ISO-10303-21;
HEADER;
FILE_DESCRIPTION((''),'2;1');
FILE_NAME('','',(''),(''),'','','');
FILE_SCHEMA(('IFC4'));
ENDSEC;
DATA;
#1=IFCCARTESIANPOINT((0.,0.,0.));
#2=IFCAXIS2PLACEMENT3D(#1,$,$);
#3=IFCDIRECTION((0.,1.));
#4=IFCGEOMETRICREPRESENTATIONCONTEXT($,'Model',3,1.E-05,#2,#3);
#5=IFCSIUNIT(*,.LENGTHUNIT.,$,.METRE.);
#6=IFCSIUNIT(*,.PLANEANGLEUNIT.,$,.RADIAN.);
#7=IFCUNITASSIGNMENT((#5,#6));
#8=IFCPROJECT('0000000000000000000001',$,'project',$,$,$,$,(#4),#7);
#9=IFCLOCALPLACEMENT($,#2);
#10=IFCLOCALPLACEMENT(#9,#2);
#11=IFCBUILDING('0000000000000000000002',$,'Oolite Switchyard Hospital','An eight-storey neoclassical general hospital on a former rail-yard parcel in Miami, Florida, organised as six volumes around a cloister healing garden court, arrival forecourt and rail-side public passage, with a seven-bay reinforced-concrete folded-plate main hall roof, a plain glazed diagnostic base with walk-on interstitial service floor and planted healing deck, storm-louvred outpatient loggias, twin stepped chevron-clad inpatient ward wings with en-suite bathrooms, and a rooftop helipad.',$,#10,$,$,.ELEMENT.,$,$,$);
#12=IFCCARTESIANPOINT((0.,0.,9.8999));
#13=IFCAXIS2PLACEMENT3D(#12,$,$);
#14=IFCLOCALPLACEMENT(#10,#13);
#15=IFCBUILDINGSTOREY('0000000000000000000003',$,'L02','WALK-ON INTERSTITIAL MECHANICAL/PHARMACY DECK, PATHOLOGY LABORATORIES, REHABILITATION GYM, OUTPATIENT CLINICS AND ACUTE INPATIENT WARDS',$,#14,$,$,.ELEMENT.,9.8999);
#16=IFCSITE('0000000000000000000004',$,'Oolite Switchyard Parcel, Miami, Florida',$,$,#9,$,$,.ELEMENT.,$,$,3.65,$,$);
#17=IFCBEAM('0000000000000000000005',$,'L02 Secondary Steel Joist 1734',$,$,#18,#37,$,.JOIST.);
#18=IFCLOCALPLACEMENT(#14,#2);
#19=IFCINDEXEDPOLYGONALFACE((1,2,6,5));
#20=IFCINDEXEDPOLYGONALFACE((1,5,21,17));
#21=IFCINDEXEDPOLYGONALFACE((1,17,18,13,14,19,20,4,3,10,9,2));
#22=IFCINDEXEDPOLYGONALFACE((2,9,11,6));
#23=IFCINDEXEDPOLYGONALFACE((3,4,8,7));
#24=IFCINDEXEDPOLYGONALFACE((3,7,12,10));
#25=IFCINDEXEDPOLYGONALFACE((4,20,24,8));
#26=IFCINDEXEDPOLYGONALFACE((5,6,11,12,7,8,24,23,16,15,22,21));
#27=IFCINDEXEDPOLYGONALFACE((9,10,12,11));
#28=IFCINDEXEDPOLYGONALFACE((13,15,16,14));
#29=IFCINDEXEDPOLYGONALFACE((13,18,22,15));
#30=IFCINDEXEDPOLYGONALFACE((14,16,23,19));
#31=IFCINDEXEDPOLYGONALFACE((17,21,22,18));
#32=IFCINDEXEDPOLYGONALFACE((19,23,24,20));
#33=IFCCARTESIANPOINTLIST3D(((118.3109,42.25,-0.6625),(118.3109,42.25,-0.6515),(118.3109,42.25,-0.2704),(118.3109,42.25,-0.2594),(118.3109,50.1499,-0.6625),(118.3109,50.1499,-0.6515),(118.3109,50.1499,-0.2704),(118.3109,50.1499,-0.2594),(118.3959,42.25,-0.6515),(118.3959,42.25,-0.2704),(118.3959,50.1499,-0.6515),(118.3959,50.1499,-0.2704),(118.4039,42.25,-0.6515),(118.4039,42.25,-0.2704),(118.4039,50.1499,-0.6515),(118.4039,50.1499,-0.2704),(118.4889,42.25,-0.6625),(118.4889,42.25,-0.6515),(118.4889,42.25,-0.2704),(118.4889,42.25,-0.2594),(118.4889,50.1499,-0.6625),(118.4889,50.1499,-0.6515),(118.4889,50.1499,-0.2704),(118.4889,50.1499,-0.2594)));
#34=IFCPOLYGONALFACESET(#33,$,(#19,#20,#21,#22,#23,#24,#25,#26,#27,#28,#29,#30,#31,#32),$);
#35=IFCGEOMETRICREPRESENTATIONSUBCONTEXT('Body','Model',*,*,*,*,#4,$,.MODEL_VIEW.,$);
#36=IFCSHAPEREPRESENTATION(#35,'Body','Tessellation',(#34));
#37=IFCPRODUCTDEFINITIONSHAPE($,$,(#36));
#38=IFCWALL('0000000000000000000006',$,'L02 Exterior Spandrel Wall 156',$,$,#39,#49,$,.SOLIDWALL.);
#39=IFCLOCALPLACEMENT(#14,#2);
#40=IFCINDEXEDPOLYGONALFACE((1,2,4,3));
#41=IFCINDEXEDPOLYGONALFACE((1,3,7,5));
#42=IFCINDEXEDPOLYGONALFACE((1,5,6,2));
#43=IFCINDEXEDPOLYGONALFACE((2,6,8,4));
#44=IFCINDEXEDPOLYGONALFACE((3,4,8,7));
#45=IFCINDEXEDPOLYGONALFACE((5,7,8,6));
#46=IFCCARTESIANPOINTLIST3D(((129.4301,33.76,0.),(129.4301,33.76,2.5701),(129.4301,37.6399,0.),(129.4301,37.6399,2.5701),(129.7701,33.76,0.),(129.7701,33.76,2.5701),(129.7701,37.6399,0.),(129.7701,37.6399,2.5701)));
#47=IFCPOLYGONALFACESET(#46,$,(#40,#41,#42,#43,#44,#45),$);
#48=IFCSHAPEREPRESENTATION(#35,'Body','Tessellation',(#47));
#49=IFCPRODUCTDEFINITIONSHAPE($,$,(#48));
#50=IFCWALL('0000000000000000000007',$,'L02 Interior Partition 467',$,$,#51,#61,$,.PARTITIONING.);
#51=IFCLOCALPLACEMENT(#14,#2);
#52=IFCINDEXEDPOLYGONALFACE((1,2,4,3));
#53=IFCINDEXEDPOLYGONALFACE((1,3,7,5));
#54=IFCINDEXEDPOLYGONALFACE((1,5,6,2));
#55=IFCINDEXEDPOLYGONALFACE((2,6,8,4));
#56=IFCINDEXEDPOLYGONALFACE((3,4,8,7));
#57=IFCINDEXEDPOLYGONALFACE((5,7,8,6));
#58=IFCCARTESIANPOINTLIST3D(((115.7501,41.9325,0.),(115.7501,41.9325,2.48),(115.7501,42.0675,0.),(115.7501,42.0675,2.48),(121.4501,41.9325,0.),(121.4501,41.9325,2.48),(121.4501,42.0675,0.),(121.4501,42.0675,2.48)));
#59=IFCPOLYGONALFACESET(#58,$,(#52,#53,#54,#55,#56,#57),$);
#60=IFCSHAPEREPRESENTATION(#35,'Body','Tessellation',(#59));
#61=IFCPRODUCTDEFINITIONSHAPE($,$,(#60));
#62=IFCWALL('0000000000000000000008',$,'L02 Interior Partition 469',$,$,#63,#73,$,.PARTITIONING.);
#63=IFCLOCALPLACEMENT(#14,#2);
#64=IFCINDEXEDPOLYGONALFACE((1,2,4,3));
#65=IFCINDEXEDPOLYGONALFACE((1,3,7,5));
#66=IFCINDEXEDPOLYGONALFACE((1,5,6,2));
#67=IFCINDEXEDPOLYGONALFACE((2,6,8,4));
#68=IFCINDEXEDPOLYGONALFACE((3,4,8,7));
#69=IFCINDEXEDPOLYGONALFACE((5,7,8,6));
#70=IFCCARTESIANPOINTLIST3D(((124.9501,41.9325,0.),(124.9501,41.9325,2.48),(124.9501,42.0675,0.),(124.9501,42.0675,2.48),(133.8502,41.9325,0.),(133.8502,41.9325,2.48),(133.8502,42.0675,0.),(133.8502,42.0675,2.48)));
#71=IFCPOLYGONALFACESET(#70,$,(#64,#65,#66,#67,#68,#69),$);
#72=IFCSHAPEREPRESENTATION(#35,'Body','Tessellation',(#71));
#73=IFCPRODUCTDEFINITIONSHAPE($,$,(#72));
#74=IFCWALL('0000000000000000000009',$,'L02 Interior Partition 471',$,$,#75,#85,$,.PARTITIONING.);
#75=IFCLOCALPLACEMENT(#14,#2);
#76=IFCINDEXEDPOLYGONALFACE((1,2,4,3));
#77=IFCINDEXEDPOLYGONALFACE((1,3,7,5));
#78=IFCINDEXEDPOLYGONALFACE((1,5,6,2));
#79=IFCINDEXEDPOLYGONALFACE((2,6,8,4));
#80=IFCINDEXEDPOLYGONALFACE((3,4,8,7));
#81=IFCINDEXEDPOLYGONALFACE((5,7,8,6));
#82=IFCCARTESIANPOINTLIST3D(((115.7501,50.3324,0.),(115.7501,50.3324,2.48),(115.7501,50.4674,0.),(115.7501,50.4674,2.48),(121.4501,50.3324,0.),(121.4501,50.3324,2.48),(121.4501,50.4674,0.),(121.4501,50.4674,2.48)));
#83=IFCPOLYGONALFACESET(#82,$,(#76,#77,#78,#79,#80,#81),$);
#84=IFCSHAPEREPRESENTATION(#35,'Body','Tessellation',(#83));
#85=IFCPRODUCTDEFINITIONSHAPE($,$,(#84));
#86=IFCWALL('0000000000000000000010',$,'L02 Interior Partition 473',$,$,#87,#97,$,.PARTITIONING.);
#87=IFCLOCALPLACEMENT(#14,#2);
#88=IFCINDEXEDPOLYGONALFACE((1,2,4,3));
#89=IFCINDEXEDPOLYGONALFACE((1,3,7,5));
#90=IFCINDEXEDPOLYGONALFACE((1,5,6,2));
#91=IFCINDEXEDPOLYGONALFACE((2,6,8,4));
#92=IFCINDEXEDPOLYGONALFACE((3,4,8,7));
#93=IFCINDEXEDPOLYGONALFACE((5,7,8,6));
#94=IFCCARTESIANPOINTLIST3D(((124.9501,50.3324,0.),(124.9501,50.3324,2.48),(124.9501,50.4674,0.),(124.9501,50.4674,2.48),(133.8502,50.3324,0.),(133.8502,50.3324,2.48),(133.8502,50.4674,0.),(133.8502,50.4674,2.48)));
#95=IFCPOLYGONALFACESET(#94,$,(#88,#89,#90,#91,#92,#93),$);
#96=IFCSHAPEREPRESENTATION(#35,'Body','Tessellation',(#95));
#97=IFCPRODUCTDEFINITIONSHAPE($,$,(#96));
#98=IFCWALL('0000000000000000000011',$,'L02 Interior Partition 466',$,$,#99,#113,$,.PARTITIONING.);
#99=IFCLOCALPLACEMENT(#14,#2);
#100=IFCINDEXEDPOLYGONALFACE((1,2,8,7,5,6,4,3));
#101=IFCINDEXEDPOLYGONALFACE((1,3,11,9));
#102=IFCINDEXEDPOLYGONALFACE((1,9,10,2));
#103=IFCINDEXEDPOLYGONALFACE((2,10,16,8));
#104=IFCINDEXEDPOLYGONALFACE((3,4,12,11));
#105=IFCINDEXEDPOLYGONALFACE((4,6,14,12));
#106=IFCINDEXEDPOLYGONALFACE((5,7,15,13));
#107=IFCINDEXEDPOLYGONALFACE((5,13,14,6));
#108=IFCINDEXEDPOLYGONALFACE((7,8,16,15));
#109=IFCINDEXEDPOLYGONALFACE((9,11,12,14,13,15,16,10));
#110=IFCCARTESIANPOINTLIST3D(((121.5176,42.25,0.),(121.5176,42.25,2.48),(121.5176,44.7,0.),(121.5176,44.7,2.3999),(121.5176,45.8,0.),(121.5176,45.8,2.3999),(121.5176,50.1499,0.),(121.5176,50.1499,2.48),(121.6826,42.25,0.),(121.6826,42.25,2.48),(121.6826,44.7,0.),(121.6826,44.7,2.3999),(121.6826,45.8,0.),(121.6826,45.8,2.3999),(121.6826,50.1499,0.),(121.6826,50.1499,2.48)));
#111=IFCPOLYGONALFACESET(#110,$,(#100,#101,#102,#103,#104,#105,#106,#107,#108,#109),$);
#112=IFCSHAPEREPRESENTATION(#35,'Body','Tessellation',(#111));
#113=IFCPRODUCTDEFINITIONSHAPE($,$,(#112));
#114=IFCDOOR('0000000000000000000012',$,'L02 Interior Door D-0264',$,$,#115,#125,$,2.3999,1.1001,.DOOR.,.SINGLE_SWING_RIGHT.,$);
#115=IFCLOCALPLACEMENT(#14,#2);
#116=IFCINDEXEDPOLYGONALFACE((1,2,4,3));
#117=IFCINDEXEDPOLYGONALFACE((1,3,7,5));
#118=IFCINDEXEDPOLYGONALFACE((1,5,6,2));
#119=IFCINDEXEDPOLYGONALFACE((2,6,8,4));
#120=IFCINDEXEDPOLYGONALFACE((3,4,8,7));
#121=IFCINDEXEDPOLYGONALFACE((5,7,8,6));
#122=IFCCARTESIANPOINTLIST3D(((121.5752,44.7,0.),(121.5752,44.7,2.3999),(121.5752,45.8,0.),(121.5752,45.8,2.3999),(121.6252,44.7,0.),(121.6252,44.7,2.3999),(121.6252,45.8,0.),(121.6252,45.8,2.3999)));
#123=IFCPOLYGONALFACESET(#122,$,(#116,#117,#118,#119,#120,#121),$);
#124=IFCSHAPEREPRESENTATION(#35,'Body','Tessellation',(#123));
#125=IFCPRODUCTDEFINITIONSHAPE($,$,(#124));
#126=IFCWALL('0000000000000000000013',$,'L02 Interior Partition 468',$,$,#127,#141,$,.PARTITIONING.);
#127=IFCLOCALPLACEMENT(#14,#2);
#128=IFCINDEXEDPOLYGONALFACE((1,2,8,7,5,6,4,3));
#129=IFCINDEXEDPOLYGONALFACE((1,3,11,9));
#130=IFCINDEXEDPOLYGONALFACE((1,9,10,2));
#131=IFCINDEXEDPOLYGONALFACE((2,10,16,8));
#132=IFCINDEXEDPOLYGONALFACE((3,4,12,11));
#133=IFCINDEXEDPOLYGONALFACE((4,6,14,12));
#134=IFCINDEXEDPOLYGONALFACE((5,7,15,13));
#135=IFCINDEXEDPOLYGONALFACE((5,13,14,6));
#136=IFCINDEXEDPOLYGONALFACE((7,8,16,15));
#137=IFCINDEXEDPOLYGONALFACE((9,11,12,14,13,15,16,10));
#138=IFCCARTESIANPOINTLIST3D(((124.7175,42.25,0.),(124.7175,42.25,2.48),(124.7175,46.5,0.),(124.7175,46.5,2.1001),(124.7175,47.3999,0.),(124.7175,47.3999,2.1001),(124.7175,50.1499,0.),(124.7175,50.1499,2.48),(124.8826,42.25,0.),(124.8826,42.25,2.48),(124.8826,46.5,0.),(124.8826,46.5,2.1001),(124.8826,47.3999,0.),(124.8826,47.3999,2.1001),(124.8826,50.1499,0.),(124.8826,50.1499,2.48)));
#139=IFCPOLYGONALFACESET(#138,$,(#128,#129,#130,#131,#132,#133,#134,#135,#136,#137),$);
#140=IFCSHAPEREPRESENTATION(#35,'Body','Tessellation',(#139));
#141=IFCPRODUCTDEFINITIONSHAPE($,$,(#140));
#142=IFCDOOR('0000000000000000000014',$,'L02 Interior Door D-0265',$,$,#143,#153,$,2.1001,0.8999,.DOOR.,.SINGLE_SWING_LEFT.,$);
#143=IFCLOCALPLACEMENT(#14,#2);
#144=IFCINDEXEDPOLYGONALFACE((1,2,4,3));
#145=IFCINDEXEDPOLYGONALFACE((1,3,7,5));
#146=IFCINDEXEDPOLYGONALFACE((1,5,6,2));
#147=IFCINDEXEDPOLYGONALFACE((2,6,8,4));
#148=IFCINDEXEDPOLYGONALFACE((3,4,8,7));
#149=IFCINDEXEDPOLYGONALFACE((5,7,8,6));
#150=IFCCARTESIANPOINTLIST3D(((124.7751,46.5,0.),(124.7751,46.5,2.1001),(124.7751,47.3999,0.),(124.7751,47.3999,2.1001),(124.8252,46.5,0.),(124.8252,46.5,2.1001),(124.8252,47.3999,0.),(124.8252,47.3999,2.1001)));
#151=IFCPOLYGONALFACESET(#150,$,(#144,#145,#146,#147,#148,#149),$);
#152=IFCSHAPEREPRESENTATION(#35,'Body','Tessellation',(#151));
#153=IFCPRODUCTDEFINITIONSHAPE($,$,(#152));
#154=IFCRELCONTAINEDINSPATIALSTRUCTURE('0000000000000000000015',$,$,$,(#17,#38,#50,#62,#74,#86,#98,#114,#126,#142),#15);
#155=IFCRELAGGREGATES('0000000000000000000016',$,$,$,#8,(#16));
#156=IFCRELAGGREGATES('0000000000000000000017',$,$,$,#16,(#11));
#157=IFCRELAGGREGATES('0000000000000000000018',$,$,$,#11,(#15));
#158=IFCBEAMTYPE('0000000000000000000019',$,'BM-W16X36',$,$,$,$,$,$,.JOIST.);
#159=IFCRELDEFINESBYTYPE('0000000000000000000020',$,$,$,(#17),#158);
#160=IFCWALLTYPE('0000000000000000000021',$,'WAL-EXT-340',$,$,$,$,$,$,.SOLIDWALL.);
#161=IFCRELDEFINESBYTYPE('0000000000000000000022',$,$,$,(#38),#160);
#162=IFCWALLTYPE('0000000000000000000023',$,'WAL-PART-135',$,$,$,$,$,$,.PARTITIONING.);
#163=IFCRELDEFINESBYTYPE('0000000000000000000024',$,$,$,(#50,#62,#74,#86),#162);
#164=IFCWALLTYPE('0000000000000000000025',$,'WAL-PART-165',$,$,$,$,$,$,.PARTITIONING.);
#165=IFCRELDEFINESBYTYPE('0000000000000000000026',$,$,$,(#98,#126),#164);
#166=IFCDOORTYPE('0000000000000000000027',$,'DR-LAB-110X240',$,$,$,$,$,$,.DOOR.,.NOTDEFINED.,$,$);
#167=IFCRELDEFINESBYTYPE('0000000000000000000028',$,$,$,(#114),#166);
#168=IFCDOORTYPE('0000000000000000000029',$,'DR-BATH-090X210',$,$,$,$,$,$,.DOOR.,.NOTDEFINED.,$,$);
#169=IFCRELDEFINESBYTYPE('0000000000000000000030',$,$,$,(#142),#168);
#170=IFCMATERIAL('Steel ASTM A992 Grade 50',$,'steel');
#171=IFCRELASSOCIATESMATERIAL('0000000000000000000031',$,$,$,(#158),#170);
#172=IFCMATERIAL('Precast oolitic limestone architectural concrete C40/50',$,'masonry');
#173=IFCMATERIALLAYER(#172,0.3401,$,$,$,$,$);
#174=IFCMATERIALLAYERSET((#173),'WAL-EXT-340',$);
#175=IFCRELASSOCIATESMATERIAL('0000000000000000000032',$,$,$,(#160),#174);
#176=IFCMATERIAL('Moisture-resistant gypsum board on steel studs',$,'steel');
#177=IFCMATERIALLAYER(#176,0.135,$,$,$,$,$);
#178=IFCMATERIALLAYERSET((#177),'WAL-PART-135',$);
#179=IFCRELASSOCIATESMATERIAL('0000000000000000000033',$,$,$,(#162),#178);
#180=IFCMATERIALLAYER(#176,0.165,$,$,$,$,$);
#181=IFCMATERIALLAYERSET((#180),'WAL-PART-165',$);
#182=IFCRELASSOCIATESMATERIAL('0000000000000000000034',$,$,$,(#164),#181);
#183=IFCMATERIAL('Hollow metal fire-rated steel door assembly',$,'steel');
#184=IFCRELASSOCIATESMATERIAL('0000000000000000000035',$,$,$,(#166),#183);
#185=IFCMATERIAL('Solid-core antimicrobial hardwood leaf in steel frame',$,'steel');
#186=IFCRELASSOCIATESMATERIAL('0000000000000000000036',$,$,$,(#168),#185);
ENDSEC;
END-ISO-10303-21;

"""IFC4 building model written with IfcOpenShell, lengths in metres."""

from ifc_helpers import new_model, si_unit, direction, frame, frame_2d, origin, origin_2d, place, context, subcontext, project, spatial, rectangle, i_section, extrude, material, layer, layer_set, material_profile, profile_set, type_object, element, fill, save


model = new_model("IFC4")

# Units and contexts
model_context = context("Model", 3, precision=1e-05, world=origin(), true_north=direction((0.0, 1.0)))
body_context = subcontext(model_context, "Body", "Model", "MODEL_VIEW")
ifc_project = project(units=[si_unit("LENGTHUNIT", "METRE"), si_unit("PLANEANGLEUNIT", "RADIAN")], contexts=[model_context])

# Site, building, storey
site_placement = place(None, origin())
site = spatial("IfcSite", under=ifc_project, at=site_placement, Name="Oolite Switchyard Parcel, Miami, Florida", CompositionType="ELEMENT", RefElevation=3.65)
building_placement = place(site_placement, origin())
building = spatial("IfcBuilding", under=site, at=building_placement, Name="Oolite Switchyard Hospital", Description="An eight-storey neoclassical general hospital on a former rail-yard parcel in Miami, Florida, organised as six volumes around a cloister healing garden court, arrival forecourt and rail-side public passage, with a seven-bay reinforced-concrete folded-plate main hall roof, a plain glazed diagnostic base with walk-on interstitial service floor and planted healing deck, storm-louvred outpatient loggias, twin stepped chevron-clad inpatient ward wings with en-suite bathrooms, and a rooftop helipad.", CompositionType="ELEMENT")
storey_placement = place(building_placement, frame((0.0, 0.0, 9.8999)))
storey = spatial("IfcBuildingStorey", under=building, at=storey_placement, Name="L02", Description="WALK-ON INTERSTITIAL MECHANICAL/PHARMACY DECK, PATHOLOGY LABORATORIES, REHABILITATION GYM, OUTPATIENT CLINICS AND ACUTE INPATIENT WARDS", CompositionType="ELEMENT", Elevation=9.8999)

# Beam
ifc_material_1 = material(Name="Steel ASTM A992 Grade 50", Category="steel")
ifc_material_profile_1 = material_profile(ifc_material_1, i_section(OverallWidth=0.178, OverallDepth=0.4031, WebThickness=0.0081, FlangeThickness=0.011, at=origin_2d()), Name="W16X36")
ifc_profile_set_1 = profile_set([ifc_material_profile_1], Name="Steel ASTM A992 Grade 50")
beam_type_1 = type_object("IfcBeamType", Name="BM-W16X36", PredefinedType="JOIST", material=ifc_profile_set_1)
beam_1_placement = place(storey_placement, frame((118.3999, 42.25, -0.4609), z_axis=(0.0, 1.0, 0.0), x_axis=(-1.0, 0.0, 0.0)))
element("IfcBeam", 1, at=beam_1_placement, inside=storey, type_object=beam_type_1, Name="L02 Secondary Steel Joist 1734", PredefinedType="JOIST", context=body_context, shape_type="SweptSolid", body=[
    extrude(i_section(OverallWidth=0.178, OverallDepth=0.4031, WebThickness=0.0081, FlangeThickness=0.011, at=origin_2d()), origin(), (0.0, 0.0, 1.0), 7.8999),
])

# Walls
ifc_material_2 = material(Name="Precast oolitic limestone architectural concrete C40/50", Category="masonry")
ifc_layer_1 = layer(ifc_material_2, 0.3401)
ifc_layer_set_1 = layer_set([ifc_layer_1], Name="WAL-EXT-340")
wall_type_1 = type_object("IfcWallType", Name="WAL-EXT-340", PredefinedType="SOLIDWALL", material=ifc_layer_set_1)
wall_1_placement = place(storey_placement, frame((129.6001, 37.6399, 0.0), z_axis=(0.0, 0.0, 1.0), x_axis=(0.0, -1.0, 0.0)))
element("IfcWall", 2, at=wall_1_placement, inside=storey, type_object=wall_type_1, Name="L02 Exterior Spandrel Wall 156", PredefinedType="SOLIDWALL", context=body_context, shape_type="SweptSolid", body=[
    extrude(rectangle(XDim=3.8799, YDim=0.3401, at=frame_2d((1.9399, 0.0))), origin(), (0.0, 0.0, 1.0), 2.5701),
])
ifc_material_3 = material(Name="Moisture-resistant gypsum board on steel studs", Category="steel")
ifc_layer_2 = layer(ifc_material_3, 0.135)
ifc_layer_set_2 = layer_set([ifc_layer_2], Name="WAL-PART-135")
wall_type_2 = type_object("IfcWallType", Name="WAL-PART-135", PredefinedType="PARTITIONING", material=ifc_layer_set_2)
wall_2_placement = place(storey_placement, frame((115.75, 42.0, 0.0), z_axis=(0.0, 0.0, 1.0), x_axis=(1.0, 0.0, 0.0)))
element("IfcWall", 3, at=wall_2_placement, inside=storey, type_object=wall_type_2, Name="L02 Interior Partition 467", PredefinedType="PARTITIONING", context=body_context, shape_type="SweptSolid", body=[
    extrude(rectangle(XDim=5.7, YDim=0.135, at=frame_2d((2.8501, 0.0))), origin(), (0.0, 0.0, 1.0), 2.48),
])
wall_3_placement = place(storey_placement, frame((124.95, 42.0, 0.0), z_axis=(0.0, 0.0, 1.0), x_axis=(1.0, 0.0, 0.0)))
element("IfcWall", 4, at=wall_3_placement, inside=storey, type_object=wall_type_2, Name="L02 Interior Partition 469", PredefinedType="PARTITIONING", context=body_context, shape_type="SweptSolid", body=[
    extrude(rectangle(XDim=8.9001, YDim=0.135, at=frame_2d((4.4502, 0.0))), origin(), (0.0, 0.0, 1.0), 2.48),
])
wall_4_placement = place(storey_placement, frame((115.75, 50.3999, 0.0), z_axis=(0.0, 0.0, 1.0), x_axis=(1.0, 0.0, 0.0)))
element("IfcWall", 5, at=wall_4_placement, inside=storey, type_object=wall_type_2, Name="L02 Interior Partition 471", PredefinedType="PARTITIONING", context=body_context, shape_type="SweptSolid", body=[
    extrude(rectangle(XDim=5.7, YDim=0.135, at=frame_2d((2.8501, 0.0))), origin(), (0.0, 0.0, 1.0), 2.48),
])
wall_5_placement = place(storey_placement, frame((124.95, 50.3999, 0.0), z_axis=(0.0, 0.0, 1.0), x_axis=(1.0, 0.0, 0.0)))
element("IfcWall", 6, at=wall_5_placement, inside=storey, type_object=wall_type_2, Name="L02 Interior Partition 473", PredefinedType="PARTITIONING", context=body_context, shape_type="SweptSolid", body=[
    extrude(rectangle(XDim=8.9001, YDim=0.135, at=frame_2d((4.4502, 0.0))), origin(), (0.0, 0.0, 1.0), 2.48),
])

# Walls, openings, doors
ifc_layer_3 = layer(ifc_material_3, 0.165)
ifc_layer_set_3 = layer_set([ifc_layer_3], Name="WAL-PART-165")
wall_type_3 = type_object("IfcWallType", Name="WAL-PART-165", PredefinedType="PARTITIONING", material=ifc_layer_set_3)
wall_6_placement = place(storey_placement, frame((121.6001, 42.25, 0.0), z_axis=(0.0, 0.0, 1.0), x_axis=(0.0, 1.0, 0.0)))
wall_6 = element("IfcWall", 7, at=wall_6_placement, inside=storey, type_object=wall_type_3, Name="L02 Interior Partition 466", PredefinedType="PARTITIONING", context=body_context, shape_type="SweptSolid", body=[
    extrude(rectangle(XDim=7.8999, YDim=0.165, at=frame_2d((3.95, 0.0))), origin(), (0.0, 0.0, 1.0), 2.48),
])
opening_1_placement = place(wall_6_placement, frame((2.45, 0.0, 0.0)))
opening_1 = element("IfcOpeningElement", 8, at=opening_1_placement, cuts=wall_6, PredefinedType="OPENING", context=body_context, shape_type="SweptSolid", body=[
    extrude(rectangle(XDim=1.1001, YDim=2.3999, at=frame_2d((0.55, 1.2))), frame((0.0, 0.0925, 0.0), z_axis=(0.0, -1.0, 0.0), x_axis=(1.0, 0.0, 0.0)), (0.0, 0.0, 1.0), 0.1851),
])
ifc_material_4 = material(Name="Hollow metal fire-rated steel door assembly", Category="steel")
door_type_1 = type_object("IfcDoorType", Name="DR-LAB-110X240", OperationType="NOTDEFINED", PredefinedType="DOOR", material=ifc_material_4)
door_1_placement = place(opening_1_placement, origin())
door_1 = element("IfcDoor", 9, at=door_1_placement, inside=storey, type_object=door_type_1, Name="L02 Interior Door D-0264", OperationType="SINGLE_SWING_RIGHT", OverallHeight=2.3999, OverallWidth=1.1001, PredefinedType="DOOR", context=body_context, shape_type="SweptSolid", body=[
    extrude(rectangle(XDim=1.1001, YDim=2.3999, at=frame_2d((0.55, 1.2))), frame((0.0, 0.0249, 0.0), z_axis=(0.0, -1.0, 0.0), x_axis=(1.0, 0.0, 0.0)), (0.0, 0.0, 1.0), 0.05),
])
fill(opening_1, door_1)
wall_7_placement = place(storey_placement, frame((124.8, 42.25, 0.0), z_axis=(0.0, 0.0, 1.0), x_axis=(0.0, 1.0, 0.0)))
wall_7 = element("IfcWall", 10, at=wall_7_placement, inside=storey, type_object=wall_type_3, Name="L02 Interior Partition 468", PredefinedType="PARTITIONING", context=body_context, shape_type="SweptSolid", body=[
    extrude(rectangle(XDim=7.8999, YDim=0.165, at=frame_2d((3.95, 0.0))), origin(), (0.0, 0.0, 1.0), 2.48),
])
opening_2_placement = place(wall_7_placement, frame((4.25, 0.0, 0.0)))
opening_2 = element("IfcOpeningElement", 11, at=opening_2_placement, cuts=wall_7, PredefinedType="OPENING", context=body_context, shape_type="SweptSolid", body=[
    extrude(rectangle(XDim=0.8999, YDim=2.1001, at=frame_2d((0.45, 1.05))), frame((0.0, 0.0925, 0.0), z_axis=(0.0, -1.0, 0.0), x_axis=(1.0, 0.0, 0.0)), (0.0, 0.0, 1.0), 0.1851),
])
ifc_material_5 = material(Name="Solid-core antimicrobial hardwood leaf in steel frame", Category="steel")
door_type_2 = type_object("IfcDoorType", Name="DR-BATH-090X210", OperationType="NOTDEFINED", PredefinedType="DOOR", material=ifc_material_5)
door_2_placement = place(opening_2_placement, origin())
door_2 = element("IfcDoor", 12, at=door_2_placement, inside=storey, type_object=door_type_2, Name="L02 Interior Door D-0265", OperationType="SINGLE_SWING_LEFT", OverallHeight=2.1001, OverallWidth=0.8999, PredefinedType="DOOR", context=body_context, shape_type="SweptSolid", body=[
    extrude(rectangle(XDim=0.8999, YDim=2.1001, at=frame_2d((0.45, 1.05))), frame((0.0, 0.0249, 0.0), z_axis=(0.0, -1.0, 0.0), x_axis=(1.0, 0.0, 0.0)), (0.0, 0.0, 1.0), 0.05),
])
fill(opening_2, door_2)

save(model, "model.ifc")
